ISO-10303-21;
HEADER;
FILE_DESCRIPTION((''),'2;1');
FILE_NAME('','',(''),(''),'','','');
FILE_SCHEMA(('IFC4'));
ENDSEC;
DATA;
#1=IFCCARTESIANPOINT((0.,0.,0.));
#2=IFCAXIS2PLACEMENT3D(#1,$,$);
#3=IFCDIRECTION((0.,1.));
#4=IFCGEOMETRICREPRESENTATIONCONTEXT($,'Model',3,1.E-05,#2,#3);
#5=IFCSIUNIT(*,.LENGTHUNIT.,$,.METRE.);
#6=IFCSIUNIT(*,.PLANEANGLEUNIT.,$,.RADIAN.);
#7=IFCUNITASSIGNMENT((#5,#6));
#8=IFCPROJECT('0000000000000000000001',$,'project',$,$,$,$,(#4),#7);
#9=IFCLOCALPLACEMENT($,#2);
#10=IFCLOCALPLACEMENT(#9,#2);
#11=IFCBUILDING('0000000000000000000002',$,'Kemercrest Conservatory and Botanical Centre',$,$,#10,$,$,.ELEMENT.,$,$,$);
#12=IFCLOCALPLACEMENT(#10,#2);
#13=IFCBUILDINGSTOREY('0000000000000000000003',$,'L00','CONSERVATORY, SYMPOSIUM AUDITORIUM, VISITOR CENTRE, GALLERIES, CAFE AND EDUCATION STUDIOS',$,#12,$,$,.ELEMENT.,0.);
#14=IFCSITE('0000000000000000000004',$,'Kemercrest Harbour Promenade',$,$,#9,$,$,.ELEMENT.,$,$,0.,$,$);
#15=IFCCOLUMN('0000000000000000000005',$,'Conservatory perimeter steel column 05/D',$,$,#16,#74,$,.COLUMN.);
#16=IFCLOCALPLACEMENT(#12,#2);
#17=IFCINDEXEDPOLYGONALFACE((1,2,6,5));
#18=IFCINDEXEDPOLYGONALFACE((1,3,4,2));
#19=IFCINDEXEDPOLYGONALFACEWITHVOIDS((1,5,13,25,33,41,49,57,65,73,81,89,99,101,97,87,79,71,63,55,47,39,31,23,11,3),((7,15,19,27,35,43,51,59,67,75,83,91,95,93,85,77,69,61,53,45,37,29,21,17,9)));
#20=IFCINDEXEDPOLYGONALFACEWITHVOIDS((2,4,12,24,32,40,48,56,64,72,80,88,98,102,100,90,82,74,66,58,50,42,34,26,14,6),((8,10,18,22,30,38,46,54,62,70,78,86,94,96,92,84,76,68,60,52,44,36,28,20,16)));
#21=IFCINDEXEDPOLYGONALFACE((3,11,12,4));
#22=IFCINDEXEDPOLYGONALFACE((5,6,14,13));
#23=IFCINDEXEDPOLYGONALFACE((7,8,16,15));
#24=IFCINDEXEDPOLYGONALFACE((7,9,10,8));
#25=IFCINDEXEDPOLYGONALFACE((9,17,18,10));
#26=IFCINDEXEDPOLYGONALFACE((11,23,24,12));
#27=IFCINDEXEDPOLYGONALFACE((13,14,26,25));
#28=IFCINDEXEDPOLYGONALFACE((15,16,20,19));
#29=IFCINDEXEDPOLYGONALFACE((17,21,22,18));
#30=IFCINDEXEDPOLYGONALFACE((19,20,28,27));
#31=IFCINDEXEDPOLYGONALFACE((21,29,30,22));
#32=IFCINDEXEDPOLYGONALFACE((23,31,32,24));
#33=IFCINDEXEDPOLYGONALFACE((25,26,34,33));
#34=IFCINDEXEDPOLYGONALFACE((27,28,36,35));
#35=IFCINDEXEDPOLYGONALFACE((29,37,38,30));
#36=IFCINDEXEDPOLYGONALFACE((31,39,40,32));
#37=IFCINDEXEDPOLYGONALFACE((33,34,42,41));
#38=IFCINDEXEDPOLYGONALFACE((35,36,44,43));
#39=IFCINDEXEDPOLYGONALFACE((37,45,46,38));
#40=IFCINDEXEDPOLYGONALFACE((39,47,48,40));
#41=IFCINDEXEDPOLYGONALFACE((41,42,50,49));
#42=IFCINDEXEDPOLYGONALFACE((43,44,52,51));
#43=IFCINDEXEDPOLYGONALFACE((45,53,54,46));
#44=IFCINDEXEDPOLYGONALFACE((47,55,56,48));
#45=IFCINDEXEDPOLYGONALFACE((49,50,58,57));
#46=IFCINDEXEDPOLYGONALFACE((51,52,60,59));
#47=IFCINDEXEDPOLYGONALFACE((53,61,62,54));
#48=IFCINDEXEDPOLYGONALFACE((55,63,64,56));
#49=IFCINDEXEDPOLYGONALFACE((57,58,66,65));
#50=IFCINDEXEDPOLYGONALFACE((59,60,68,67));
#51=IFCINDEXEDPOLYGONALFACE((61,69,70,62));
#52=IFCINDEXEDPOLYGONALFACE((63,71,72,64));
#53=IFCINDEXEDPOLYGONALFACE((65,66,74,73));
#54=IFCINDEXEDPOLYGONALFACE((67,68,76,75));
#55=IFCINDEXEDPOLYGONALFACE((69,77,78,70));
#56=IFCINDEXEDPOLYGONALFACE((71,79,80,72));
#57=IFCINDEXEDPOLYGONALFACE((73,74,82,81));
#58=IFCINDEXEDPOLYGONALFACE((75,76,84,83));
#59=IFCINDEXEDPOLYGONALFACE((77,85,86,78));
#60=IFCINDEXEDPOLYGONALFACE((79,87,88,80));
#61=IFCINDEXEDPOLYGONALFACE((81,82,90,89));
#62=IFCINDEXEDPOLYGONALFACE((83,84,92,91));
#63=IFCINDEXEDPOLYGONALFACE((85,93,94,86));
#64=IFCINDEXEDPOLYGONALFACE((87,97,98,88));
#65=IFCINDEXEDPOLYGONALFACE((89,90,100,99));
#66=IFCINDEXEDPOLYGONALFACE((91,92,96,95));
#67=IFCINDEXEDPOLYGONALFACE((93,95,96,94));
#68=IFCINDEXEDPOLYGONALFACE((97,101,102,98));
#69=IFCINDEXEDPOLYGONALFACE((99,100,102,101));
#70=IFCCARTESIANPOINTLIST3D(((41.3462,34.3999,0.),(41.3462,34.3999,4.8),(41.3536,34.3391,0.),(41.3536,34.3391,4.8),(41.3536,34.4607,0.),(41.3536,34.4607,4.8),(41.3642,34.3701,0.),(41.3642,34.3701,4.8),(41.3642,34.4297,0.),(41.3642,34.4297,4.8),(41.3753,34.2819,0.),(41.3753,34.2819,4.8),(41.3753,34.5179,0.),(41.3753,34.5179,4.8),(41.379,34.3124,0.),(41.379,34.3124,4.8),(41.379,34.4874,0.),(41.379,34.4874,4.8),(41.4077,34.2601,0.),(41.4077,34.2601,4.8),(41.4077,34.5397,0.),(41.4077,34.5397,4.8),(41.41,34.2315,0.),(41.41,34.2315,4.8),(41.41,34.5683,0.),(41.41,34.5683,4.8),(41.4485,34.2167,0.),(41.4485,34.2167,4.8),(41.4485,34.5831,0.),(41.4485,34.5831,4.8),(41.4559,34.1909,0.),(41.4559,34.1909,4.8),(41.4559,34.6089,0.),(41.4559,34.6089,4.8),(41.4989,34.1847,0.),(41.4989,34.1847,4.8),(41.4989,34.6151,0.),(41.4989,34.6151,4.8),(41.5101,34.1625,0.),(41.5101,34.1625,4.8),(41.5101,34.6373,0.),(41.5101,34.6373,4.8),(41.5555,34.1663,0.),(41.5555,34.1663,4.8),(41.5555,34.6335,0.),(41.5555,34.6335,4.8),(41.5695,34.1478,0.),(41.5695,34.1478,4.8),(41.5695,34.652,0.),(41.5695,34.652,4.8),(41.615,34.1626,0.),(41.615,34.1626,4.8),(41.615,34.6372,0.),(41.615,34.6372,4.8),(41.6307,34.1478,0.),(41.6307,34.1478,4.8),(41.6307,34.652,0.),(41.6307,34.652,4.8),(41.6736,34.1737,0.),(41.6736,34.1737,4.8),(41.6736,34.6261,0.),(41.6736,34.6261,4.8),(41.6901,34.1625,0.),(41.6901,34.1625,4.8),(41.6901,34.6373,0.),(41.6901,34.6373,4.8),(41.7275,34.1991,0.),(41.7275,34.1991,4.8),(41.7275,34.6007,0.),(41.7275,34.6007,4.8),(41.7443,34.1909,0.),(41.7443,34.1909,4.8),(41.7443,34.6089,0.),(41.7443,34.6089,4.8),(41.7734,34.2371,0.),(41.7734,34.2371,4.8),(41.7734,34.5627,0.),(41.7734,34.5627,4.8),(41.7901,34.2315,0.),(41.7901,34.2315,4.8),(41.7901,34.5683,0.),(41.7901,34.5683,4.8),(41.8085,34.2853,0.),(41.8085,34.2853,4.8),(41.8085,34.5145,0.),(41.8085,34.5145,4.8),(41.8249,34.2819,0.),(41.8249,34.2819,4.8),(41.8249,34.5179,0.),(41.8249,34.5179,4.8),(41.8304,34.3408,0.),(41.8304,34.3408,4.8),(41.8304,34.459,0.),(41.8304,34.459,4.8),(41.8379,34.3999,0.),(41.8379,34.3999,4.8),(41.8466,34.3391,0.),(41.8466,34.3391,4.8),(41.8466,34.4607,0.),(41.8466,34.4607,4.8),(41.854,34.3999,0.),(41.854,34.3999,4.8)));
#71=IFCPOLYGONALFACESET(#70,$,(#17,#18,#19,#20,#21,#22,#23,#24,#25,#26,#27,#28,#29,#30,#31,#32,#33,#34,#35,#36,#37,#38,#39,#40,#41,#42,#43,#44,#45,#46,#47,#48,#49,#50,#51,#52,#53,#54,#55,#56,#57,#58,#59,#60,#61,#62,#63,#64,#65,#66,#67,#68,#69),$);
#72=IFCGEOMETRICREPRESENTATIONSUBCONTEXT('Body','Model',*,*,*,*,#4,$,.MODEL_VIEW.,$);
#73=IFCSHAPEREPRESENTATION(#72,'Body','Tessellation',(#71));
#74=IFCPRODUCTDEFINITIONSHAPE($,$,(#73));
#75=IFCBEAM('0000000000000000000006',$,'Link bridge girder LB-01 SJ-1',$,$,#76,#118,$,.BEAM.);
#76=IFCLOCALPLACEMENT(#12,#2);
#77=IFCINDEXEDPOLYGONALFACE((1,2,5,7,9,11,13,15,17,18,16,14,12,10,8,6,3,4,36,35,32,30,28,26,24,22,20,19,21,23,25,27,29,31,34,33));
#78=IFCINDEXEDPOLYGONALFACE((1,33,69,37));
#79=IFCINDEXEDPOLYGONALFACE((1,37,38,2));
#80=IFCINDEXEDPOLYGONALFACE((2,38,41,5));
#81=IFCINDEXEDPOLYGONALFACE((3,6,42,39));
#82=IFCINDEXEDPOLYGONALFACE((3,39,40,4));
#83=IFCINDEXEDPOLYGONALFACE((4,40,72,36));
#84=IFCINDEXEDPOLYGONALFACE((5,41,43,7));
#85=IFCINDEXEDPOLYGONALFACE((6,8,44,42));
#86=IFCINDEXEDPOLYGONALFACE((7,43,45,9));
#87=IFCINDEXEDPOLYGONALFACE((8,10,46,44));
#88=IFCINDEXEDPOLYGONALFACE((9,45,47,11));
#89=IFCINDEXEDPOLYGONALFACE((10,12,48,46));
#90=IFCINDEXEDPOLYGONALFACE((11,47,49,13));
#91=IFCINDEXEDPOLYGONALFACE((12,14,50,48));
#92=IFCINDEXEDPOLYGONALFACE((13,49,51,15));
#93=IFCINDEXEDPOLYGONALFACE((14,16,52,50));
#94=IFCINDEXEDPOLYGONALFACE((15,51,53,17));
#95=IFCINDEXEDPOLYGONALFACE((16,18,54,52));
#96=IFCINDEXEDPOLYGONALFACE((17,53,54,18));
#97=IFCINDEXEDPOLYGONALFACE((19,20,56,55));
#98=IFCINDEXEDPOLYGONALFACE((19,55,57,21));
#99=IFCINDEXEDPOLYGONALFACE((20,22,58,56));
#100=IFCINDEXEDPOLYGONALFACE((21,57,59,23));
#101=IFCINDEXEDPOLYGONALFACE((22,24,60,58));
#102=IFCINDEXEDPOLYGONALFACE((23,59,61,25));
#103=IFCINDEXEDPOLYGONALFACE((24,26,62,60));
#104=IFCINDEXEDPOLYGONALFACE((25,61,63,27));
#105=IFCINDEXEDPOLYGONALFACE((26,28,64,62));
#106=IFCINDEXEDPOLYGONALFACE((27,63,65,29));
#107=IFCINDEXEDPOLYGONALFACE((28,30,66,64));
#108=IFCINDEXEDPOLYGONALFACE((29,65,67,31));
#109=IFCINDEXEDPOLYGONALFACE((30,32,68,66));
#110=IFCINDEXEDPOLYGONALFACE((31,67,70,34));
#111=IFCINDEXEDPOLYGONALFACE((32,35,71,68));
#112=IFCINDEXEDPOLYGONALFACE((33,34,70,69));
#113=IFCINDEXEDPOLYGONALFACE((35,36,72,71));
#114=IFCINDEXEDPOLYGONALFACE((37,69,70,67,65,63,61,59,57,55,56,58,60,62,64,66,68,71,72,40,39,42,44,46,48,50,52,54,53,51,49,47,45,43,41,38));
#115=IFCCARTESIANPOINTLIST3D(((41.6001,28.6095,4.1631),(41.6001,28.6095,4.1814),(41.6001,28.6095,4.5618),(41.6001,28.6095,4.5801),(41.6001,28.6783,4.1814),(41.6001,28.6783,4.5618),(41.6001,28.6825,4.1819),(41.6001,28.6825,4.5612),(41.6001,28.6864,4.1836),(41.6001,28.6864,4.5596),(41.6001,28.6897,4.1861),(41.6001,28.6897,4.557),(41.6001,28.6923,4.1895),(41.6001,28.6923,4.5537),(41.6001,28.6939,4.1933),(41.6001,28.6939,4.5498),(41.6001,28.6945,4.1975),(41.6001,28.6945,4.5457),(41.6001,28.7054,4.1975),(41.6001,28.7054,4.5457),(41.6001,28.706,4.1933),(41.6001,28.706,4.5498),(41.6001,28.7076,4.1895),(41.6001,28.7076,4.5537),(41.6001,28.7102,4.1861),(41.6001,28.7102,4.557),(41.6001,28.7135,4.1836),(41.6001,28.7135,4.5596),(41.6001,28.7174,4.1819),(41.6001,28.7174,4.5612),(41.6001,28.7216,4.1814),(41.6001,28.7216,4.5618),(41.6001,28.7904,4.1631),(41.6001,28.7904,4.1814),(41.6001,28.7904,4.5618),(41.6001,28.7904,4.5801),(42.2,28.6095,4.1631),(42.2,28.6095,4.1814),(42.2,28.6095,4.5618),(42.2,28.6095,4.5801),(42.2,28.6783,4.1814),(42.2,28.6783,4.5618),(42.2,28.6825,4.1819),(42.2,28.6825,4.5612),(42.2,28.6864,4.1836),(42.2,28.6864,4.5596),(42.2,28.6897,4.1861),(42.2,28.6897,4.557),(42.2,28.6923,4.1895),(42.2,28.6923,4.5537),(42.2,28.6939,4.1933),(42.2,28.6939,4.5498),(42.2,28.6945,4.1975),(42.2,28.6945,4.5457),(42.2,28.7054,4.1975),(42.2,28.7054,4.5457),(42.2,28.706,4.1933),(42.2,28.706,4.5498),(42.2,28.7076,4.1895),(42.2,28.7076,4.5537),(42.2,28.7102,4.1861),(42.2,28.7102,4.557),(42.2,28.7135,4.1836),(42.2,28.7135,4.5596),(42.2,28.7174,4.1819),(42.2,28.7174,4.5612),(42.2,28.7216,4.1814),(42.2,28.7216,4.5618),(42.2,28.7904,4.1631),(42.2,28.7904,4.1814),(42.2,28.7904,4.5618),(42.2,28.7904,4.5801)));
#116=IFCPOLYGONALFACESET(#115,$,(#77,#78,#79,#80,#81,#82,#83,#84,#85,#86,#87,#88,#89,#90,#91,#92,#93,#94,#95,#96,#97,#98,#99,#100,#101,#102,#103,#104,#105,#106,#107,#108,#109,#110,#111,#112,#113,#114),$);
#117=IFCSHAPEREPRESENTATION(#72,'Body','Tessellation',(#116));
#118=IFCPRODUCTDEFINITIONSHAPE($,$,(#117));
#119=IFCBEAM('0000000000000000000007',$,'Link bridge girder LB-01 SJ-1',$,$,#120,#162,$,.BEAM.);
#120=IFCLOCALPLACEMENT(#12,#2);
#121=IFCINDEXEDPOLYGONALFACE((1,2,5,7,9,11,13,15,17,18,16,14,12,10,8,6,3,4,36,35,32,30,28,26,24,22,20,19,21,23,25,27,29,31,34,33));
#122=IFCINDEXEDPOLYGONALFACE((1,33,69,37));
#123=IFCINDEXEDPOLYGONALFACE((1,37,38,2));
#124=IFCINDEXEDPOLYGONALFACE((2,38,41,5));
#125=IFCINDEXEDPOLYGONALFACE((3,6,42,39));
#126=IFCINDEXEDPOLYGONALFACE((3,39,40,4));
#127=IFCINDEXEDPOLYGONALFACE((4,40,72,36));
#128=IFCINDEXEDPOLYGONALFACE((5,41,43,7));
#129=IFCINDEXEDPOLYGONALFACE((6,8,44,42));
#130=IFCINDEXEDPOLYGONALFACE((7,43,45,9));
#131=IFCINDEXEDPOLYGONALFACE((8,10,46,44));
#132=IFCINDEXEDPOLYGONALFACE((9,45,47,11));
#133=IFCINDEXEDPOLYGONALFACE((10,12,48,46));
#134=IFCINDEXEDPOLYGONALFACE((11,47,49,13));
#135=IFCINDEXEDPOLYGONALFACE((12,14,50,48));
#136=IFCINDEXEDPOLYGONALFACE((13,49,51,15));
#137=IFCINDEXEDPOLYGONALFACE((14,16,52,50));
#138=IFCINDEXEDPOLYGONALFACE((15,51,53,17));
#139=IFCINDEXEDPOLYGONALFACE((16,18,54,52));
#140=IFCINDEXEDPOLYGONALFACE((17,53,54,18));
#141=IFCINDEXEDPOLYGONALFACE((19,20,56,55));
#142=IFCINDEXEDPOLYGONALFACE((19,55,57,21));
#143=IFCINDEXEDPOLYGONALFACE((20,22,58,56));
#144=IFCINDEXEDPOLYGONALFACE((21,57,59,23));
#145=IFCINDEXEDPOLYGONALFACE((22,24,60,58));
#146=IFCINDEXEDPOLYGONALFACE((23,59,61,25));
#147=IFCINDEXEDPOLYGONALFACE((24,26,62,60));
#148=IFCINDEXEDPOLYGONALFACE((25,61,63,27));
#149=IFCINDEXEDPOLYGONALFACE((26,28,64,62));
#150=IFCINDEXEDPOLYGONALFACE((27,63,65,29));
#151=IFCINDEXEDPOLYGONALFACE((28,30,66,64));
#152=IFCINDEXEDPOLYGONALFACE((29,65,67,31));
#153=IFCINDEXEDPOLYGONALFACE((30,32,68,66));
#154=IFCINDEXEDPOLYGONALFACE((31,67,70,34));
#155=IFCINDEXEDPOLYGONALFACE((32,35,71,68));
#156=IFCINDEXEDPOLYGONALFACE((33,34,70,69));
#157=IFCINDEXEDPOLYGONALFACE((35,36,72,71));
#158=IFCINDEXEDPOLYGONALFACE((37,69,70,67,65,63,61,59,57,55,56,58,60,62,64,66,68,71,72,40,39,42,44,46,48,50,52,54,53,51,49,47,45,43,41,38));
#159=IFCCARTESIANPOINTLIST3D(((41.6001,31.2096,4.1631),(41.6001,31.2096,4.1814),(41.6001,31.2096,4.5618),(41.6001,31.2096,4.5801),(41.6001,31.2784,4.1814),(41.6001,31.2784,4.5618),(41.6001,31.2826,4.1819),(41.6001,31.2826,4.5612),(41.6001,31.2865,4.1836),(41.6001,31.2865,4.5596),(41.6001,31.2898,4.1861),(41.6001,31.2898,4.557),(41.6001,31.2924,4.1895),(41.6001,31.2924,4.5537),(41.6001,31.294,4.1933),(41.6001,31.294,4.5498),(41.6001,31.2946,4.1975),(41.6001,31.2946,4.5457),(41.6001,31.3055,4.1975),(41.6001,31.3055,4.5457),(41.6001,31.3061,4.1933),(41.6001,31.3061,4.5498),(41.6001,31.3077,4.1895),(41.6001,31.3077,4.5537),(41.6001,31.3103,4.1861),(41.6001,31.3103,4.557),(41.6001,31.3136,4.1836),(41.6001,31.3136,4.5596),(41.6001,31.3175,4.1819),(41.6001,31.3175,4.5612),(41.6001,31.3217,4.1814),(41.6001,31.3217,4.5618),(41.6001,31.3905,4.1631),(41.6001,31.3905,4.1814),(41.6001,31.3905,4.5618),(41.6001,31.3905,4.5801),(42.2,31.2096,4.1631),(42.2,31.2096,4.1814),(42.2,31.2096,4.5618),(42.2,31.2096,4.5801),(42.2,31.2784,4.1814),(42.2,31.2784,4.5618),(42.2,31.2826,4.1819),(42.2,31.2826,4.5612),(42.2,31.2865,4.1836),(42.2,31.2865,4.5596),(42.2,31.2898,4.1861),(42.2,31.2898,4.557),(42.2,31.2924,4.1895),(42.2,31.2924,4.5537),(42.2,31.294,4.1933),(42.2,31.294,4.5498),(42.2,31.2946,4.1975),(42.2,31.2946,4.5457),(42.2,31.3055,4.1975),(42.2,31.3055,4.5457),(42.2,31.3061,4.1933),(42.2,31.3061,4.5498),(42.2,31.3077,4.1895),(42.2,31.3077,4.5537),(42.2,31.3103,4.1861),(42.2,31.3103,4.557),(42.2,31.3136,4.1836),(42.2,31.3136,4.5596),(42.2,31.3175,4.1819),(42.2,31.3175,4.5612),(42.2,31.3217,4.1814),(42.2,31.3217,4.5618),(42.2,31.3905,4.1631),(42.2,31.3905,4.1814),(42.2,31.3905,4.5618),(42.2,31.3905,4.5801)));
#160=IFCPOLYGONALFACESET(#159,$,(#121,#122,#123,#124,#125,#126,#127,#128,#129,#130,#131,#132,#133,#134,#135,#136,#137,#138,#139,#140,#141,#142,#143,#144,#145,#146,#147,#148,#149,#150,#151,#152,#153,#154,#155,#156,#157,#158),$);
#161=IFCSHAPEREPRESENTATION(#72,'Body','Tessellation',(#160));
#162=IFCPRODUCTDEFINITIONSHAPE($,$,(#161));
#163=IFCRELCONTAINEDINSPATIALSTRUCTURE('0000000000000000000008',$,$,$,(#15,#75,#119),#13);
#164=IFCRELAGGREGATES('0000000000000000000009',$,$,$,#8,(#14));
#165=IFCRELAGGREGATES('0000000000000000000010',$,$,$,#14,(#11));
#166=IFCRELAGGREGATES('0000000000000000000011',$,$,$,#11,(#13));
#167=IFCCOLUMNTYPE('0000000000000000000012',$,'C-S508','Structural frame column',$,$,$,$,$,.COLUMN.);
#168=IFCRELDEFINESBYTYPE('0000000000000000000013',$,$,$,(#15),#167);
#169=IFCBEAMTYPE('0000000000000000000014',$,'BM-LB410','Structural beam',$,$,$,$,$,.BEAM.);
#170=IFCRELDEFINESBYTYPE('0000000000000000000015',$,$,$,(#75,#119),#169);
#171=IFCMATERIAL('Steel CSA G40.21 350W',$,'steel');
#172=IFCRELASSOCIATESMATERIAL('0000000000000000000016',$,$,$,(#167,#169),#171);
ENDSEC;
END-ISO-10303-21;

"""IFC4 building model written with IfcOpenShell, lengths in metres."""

from ifc_helpers import new_model, si_unit, direction, frame, origin, origin_2d, place, context, subcontext, project, spatial, hollow_circle, i_section, extrude, material, material_profile, profile_set, type_object, element, save


model = new_model("IFC4")

# Units and contexts
model_context = context("Model", 3, precision=1e-05, world=origin(), true_north=direction((0.0, 1.0)))
body_context = subcontext(model_context, "Body", "Model", "MODEL_VIEW")
ifc_project = project(units=[si_unit("LENGTHUNIT", "METRE"), si_unit("PLANEANGLEUNIT", "RADIAN")], contexts=[model_context])

# Site, building, storey
site_placement = place(None, origin())
site = spatial("IfcSite", under=ifc_project, at=site_placement, Name="Kemercrest Harbour Promenade", CompositionType="ELEMENT", RefElevation=0.0)
building_placement = place(site_placement, origin())
building = spatial("IfcBuilding", under=site, at=building_placement, Name="Kemercrest Conservatory and Botanical Centre", CompositionType="ELEMENT")
storey_placement = place(building_placement, origin())
storey = spatial("IfcBuildingStorey", under=building, at=storey_placement, Name="L00", Description="CONSERVATORY, SYMPOSIUM AUDITORIUM, VISITOR CENTRE, GALLERIES, CAFE AND EDUCATION STUDIOS", CompositionType="ELEMENT", Elevation=0.0)

# Column
ifc_material_1 = material(Name="Steel CSA G40.21 350W", Category="steel")
ifc_material_profile_1 = material_profile(ifc_material_1, hollow_circle(Radius=0.2539, WallThickness=0.0161, at=origin_2d()), Name="CHS 508.0x16.0")
ifc_profile_set_1 = profile_set([ifc_material_profile_1], Name="Steel CSA G40.21 350W")
column_type_1 = type_object("IfcColumnType", Name="C-S508", Description="Structural frame column", PredefinedType="COLUMN", material=ifc_profile_set_1)
column_placement = place(storey_placement, frame((41.6001, 34.3999, 0.0), z_axis=(0.0, 0.0, 1.0), x_axis=(1.0, 0.0, 0.0)))
element("IfcColumn", 1, at=column_placement, inside=storey, type_object=column_type_1, Name="Conservatory perimeter steel column 05/D", PredefinedType="COLUMN", context=body_context, shape_type="SweptSolid", body=[
    extrude(hollow_circle(Radius=0.2539, WallThickness=0.0161, at=origin_2d()), origin(), (0.0, 0.0, 1.0), 4.8),
])

# Beams
ifc_material_profile_2 = material_profile(ifc_material_1, i_section(OverallWidth=0.1809, OverallDepth=0.417, WebThickness=0.011, FlangeThickness=0.0183, FilletRadius=0.0161, at=origin_2d()), Name="W410X85")
ifc_profile_set_2 = profile_set([ifc_material_profile_2], Name="Steel CSA G40.21 350W")
beam_type_1 = type_object("IfcBeamType", Name="BM-LB410", Description="Structural beam", PredefinedType="BEAM", material=ifc_profile_set_2)
for number, where, z_axis, x_axis, name in (
    (2, (41.6001, 28.7, 4.3716), (1.0, 0.0, 0.0), (0.0, 1.0, 0.0), "Link bridge girder LB-01 SJ-1"),
    (3, (41.6001, 31.3, 4.3716), (1.0, 0.0, 0.0), (0.0, 1.0, 0.0), "Link bridge girder LB-01 SJ-1"),
):
    element("IfcBeam", number, at=place(storey_placement, frame(where, z_axis=z_axis, x_axis=x_axis)), inside=storey, type_object=beam_type_1, Name=name, PredefinedType="BEAM", context=body_context, shape_type="SweptSolid", body=[
        extrude(i_section(OverallWidth=0.1809, OverallDepth=0.417, WebThickness=0.011, FlangeThickness=0.0183, FilletRadius=0.0161, at=origin_2d()), origin(), (0.0, 0.0, 1.0), 0.5999),
    ])

save(model, "model.ifc")
